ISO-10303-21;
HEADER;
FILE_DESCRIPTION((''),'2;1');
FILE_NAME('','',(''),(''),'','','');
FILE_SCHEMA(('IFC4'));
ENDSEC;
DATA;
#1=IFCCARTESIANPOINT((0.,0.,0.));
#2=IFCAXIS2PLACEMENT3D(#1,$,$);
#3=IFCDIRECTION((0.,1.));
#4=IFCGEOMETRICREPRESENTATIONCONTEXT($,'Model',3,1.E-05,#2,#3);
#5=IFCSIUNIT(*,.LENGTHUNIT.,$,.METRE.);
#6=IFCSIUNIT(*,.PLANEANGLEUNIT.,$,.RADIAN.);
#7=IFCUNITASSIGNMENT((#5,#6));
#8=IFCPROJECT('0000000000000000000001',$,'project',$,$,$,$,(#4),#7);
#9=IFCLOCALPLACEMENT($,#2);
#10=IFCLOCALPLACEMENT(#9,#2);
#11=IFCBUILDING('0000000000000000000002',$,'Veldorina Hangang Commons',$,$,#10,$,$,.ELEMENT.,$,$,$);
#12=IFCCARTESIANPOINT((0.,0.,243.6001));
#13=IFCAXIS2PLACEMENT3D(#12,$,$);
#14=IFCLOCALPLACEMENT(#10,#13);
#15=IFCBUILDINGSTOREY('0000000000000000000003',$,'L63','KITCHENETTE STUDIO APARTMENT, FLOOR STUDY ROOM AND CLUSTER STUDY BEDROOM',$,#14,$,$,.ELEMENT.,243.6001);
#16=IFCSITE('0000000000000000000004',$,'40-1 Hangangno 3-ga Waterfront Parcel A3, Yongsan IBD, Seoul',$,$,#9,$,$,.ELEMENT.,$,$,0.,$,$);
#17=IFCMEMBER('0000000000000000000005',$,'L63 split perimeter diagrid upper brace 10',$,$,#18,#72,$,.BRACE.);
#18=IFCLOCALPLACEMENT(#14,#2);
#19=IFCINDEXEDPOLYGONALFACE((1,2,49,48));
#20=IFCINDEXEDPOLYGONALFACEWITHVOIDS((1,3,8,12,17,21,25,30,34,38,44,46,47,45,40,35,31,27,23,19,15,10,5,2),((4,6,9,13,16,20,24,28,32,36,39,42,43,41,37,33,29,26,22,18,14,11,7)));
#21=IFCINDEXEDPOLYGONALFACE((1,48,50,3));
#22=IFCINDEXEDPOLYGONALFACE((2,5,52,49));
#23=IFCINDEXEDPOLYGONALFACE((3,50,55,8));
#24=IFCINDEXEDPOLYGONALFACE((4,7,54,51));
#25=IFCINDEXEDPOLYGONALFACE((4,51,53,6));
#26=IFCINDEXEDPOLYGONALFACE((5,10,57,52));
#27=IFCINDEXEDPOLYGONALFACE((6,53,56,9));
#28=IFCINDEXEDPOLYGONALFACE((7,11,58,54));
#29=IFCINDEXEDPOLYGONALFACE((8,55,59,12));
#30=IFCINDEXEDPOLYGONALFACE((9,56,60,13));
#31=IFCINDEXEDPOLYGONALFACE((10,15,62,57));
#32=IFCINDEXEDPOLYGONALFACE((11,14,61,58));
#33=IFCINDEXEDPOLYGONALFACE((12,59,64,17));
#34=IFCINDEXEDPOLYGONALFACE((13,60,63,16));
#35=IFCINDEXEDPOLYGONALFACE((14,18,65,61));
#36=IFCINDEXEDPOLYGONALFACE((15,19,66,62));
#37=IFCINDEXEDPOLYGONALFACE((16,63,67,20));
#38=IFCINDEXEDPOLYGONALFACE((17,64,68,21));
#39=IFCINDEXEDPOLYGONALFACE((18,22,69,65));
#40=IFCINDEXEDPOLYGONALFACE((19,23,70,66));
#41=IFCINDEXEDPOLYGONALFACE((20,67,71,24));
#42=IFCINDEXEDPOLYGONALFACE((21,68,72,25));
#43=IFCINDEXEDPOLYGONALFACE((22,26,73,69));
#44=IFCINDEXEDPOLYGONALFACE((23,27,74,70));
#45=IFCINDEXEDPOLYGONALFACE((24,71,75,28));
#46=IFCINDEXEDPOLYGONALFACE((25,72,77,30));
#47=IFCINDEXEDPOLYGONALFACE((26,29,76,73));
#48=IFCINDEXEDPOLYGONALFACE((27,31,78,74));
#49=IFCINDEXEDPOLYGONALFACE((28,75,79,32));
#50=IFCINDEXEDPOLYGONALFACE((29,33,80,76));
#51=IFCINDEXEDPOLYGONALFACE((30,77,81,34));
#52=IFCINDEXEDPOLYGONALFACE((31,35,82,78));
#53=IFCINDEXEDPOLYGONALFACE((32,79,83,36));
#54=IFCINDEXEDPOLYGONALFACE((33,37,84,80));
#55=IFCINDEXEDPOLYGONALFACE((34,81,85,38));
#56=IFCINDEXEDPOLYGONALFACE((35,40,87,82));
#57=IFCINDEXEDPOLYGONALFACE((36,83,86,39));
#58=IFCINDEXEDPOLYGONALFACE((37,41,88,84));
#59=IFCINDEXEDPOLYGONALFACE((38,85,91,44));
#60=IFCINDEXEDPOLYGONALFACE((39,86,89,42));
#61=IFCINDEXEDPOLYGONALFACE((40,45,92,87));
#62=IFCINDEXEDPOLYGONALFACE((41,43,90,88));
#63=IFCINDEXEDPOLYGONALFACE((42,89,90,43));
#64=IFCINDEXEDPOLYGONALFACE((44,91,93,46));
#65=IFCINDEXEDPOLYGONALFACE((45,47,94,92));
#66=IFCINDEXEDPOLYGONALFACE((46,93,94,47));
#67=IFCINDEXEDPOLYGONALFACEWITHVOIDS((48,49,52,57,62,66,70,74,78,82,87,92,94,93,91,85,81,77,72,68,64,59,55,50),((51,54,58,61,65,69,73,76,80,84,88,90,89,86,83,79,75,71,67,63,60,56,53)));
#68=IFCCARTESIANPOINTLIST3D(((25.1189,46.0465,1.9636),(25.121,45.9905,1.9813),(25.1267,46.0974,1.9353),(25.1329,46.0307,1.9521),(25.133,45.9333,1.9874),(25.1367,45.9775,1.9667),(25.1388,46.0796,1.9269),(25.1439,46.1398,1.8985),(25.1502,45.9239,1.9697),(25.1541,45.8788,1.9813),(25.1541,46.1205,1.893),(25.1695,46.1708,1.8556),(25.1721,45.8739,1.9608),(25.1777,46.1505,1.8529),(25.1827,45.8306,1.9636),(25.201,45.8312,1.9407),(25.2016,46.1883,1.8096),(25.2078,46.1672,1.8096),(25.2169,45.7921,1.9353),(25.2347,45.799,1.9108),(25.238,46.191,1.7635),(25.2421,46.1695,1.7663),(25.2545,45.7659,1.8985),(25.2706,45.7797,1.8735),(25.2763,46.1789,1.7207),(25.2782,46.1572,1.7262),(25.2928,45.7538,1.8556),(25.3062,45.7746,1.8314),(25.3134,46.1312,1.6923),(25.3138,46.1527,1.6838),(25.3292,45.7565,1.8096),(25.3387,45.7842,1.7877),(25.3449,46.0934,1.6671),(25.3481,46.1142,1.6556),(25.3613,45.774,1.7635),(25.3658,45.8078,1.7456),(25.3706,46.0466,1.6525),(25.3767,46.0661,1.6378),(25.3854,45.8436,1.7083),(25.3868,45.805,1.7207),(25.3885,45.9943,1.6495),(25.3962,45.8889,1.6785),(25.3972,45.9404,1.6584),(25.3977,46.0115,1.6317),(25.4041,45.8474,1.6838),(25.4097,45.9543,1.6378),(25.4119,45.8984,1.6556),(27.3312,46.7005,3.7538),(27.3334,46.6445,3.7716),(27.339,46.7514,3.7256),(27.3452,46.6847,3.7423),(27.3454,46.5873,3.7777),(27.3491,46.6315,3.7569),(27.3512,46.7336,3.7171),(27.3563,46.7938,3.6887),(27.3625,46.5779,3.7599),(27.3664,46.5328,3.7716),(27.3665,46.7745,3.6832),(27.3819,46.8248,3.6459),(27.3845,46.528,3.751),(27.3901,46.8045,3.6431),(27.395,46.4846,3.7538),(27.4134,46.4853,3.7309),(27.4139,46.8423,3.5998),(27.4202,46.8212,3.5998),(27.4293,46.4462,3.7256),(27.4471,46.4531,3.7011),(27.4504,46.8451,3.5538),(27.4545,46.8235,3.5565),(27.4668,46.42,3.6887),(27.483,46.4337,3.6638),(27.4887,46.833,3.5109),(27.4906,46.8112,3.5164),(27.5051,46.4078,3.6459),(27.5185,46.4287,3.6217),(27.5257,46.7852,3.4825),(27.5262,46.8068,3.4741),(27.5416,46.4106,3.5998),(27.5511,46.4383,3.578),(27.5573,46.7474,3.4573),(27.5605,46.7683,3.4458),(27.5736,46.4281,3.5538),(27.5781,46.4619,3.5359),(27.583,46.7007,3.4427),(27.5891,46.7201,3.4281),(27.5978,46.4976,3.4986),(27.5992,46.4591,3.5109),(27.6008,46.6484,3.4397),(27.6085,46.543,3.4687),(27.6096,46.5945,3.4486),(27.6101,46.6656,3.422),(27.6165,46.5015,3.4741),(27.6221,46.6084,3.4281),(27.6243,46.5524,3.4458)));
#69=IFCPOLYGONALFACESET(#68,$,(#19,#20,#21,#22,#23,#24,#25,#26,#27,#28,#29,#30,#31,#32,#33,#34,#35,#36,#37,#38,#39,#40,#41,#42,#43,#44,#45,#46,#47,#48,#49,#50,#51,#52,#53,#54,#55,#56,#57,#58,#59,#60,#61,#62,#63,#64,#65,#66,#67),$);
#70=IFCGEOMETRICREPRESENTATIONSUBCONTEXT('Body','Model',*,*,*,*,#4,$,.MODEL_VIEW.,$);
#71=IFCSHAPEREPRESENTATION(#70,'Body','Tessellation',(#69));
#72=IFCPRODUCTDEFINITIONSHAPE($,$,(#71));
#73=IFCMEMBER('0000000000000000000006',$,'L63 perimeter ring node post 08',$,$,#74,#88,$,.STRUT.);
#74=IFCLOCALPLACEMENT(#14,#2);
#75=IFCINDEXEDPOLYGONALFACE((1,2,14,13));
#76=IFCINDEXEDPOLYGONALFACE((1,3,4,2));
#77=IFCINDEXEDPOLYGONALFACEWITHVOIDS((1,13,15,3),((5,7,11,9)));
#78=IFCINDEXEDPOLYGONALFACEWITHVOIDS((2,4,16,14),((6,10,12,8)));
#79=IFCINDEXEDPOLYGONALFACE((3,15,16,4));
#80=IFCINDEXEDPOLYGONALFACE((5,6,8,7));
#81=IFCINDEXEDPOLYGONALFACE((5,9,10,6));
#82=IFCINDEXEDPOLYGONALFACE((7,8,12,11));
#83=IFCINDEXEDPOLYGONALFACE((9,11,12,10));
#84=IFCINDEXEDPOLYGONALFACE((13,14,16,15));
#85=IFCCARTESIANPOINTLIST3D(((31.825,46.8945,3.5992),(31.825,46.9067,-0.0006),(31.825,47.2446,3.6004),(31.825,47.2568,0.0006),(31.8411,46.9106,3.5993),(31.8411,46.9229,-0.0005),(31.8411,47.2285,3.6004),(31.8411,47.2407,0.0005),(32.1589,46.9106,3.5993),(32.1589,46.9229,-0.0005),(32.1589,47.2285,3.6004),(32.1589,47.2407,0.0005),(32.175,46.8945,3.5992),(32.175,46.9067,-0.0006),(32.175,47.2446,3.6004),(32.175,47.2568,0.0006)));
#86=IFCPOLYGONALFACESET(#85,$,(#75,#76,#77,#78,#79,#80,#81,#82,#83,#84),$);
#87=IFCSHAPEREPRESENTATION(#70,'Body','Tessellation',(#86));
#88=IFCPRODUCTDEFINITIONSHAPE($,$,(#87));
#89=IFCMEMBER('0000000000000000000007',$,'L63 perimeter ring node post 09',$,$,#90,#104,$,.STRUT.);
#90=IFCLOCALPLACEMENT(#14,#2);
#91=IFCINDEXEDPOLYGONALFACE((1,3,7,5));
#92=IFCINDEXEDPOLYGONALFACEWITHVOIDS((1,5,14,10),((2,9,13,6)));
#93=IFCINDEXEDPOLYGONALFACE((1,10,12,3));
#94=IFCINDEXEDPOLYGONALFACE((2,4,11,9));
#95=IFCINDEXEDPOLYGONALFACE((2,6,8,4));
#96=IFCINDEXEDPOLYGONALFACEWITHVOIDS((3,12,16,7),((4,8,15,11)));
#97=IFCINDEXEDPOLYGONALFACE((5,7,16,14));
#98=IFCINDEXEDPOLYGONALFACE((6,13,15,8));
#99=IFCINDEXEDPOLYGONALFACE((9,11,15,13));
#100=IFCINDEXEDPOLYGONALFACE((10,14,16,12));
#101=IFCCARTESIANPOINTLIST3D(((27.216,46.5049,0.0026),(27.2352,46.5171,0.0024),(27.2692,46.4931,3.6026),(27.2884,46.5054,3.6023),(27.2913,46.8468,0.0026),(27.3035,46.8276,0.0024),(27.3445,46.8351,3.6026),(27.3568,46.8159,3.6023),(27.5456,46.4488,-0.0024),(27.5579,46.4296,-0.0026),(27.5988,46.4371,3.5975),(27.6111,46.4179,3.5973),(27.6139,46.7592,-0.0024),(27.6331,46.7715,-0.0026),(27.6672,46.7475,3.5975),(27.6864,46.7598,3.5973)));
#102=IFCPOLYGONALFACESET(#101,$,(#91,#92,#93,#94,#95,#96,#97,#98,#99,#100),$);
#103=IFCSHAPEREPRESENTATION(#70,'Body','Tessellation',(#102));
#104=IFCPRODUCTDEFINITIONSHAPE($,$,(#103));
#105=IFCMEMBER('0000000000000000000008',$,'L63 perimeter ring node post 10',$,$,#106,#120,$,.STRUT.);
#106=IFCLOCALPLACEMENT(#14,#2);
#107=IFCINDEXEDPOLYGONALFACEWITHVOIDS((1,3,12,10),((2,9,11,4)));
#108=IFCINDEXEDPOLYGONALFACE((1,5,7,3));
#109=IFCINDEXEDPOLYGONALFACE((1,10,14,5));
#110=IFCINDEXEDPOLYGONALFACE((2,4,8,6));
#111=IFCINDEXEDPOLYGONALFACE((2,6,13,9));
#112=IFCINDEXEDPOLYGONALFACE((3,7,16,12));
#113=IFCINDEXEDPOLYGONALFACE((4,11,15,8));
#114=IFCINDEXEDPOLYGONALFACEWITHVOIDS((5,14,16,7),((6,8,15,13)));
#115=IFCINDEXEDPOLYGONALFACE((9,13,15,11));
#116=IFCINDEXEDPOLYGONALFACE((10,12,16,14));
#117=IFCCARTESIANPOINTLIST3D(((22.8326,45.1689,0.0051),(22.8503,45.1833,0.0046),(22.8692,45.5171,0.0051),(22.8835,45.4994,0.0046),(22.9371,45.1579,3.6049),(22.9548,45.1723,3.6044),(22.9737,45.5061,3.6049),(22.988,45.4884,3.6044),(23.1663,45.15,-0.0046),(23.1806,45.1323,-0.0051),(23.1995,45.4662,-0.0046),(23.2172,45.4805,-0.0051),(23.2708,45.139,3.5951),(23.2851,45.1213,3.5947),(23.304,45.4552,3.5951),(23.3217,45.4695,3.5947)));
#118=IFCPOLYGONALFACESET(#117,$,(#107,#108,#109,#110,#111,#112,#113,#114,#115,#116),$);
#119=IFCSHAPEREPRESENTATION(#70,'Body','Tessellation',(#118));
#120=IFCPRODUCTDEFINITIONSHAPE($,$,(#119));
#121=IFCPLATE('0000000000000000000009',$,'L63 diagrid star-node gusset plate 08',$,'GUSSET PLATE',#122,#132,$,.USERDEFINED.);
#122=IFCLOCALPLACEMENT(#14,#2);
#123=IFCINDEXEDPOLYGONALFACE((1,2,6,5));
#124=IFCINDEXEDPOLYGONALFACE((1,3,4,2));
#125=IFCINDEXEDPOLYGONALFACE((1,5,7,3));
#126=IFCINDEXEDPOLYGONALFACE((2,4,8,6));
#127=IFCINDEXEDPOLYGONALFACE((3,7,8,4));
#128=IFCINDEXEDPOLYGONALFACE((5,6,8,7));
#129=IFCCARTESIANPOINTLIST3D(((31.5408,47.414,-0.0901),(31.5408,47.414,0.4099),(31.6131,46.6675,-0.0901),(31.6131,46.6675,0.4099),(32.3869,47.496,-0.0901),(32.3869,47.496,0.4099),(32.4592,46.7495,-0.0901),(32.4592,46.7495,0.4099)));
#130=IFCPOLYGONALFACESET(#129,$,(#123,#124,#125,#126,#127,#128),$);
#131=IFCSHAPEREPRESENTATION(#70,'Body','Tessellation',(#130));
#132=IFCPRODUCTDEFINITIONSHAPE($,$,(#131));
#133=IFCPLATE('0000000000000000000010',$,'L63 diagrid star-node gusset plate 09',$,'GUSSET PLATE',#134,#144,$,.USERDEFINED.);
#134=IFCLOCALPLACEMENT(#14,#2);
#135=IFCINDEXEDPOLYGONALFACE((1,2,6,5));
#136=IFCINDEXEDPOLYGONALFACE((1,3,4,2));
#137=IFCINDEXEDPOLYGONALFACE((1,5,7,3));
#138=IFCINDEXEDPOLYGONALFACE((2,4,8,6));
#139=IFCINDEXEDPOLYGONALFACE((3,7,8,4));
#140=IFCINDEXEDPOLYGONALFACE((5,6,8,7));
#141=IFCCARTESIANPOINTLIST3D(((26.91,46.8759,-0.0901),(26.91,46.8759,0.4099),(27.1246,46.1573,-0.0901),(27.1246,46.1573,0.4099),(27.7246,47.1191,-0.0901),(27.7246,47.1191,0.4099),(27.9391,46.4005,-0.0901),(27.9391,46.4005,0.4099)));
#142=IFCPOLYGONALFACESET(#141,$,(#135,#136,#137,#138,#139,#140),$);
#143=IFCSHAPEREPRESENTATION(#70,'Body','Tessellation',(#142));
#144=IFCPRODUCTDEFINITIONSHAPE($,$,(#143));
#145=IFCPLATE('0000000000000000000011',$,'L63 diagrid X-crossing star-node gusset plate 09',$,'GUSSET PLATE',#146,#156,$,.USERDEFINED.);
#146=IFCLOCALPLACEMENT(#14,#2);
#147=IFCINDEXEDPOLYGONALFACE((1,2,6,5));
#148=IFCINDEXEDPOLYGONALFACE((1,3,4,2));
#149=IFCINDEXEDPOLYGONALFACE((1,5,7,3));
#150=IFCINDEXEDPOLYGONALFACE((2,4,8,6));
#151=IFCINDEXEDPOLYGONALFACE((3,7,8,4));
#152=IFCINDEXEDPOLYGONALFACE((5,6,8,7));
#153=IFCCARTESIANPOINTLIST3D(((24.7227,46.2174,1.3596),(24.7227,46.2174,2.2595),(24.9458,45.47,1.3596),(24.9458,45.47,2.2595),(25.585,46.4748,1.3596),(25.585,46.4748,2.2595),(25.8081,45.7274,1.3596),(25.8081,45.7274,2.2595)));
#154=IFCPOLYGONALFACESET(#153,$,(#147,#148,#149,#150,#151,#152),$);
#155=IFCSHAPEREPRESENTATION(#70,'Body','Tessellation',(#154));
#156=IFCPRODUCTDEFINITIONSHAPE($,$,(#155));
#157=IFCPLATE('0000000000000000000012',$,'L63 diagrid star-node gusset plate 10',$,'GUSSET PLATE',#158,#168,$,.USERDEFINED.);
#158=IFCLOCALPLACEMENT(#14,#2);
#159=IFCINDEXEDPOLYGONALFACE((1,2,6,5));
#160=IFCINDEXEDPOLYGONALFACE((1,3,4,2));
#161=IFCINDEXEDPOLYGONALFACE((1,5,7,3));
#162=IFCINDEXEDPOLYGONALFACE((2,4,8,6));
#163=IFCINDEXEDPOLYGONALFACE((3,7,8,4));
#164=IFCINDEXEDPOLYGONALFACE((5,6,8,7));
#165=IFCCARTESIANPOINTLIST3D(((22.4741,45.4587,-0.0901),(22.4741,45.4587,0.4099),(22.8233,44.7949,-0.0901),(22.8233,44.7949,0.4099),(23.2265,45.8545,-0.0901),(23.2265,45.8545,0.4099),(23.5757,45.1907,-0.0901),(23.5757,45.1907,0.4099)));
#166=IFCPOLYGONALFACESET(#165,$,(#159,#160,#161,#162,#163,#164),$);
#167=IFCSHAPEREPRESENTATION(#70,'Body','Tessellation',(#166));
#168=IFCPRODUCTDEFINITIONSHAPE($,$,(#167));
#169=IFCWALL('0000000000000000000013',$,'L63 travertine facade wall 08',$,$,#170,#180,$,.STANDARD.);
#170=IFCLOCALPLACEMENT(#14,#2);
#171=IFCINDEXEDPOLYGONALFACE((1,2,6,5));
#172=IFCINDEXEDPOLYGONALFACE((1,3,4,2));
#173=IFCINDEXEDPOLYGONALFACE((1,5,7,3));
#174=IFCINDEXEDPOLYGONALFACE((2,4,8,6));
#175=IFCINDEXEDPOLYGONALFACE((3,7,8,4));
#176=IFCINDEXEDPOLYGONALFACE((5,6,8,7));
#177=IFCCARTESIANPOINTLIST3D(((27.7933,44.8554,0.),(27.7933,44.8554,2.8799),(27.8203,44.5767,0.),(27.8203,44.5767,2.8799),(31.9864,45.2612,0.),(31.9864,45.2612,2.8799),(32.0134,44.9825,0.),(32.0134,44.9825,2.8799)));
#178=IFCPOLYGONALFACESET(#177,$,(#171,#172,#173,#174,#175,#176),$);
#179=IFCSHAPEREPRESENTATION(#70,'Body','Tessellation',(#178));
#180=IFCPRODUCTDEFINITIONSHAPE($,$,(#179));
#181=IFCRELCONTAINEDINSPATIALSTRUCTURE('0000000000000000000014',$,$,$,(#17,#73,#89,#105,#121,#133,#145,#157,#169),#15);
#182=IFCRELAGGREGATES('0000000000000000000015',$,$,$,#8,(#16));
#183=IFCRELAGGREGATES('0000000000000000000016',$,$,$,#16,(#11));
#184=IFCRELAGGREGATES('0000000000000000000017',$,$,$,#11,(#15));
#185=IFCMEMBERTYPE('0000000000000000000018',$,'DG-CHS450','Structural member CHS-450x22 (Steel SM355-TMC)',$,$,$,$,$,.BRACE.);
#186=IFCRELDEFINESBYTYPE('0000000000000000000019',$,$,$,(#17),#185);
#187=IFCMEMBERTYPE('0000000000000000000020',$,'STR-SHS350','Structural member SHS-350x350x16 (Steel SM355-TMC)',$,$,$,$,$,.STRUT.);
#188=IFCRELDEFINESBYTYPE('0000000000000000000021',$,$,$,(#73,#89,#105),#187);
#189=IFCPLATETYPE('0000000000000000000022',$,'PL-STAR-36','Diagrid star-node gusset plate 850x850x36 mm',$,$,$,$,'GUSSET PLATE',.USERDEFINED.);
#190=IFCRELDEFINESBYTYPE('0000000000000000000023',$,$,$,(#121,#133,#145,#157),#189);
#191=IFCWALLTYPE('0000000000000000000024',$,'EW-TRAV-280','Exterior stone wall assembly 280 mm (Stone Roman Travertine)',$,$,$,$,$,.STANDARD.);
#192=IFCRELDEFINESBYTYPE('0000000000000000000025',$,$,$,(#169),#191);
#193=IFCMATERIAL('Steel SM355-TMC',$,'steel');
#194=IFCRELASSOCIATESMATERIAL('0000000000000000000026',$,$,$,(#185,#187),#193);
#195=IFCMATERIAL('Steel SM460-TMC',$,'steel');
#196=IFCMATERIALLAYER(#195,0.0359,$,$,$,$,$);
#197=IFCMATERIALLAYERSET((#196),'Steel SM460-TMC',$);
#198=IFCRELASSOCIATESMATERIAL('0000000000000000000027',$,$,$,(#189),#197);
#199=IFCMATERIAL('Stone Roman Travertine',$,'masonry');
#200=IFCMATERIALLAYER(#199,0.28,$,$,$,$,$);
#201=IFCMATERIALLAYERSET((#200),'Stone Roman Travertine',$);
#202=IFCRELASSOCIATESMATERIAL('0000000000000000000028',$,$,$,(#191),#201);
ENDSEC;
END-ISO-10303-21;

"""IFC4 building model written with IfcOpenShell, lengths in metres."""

from ifc_helpers import new_model, si_unit, direction, frame, frame_2d, origin, origin_2d, place, context, subcontext, project, spatial, rectangle, hollow_rectangle, hollow_circle, extrude, material, layer, layer_set, material_profile, profile_set, type_object, element, save


model = new_model("IFC4")

# Units and contexts
model_context = context("Model", 3, precision=1e-05, world=origin(), true_north=direction((0.0, 1.0)))
body_context = subcontext(model_context, "Body", "Model", "MODEL_VIEW")
ifc_project = project(units=[si_unit("LENGTHUNIT", "METRE"), si_unit("PLANEANGLEUNIT", "RADIAN")], contexts=[model_context])

# Site, building, storey
site_placement = place(None, origin())
site = spatial("IfcSite", under=ifc_project, at=site_placement, Name="40-1 Hangangno 3-ga Waterfront Parcel A3, Yongsan IBD, Seoul", CompositionType="ELEMENT", RefElevation=0.0)
building_placement = place(site_placement, origin())
building = spatial("IfcBuilding", under=site, at=building_placement, Name="Veldorina Hangang Commons", CompositionType="ELEMENT")
storey_placement = place(building_placement, frame((0.0, 0.0, 243.6001)))
storey = spatial("IfcBuildingStorey", under=building, at=storey_placement, Name="L63", Description="KITCHENETTE STUDIO APARTMENT, FLOOR STUDY ROOM AND CLUSTER STUDY BEDROOM", CompositionType="ELEMENT", Elevation=243.6001)

# Shared definitions
ifc_material_1 = material(Name="Steel SM355-TMC", Category="steel")

# Members
ifc_material_profile_1 = material_profile(ifc_material_1, hollow_circle(Radius=0.2251, WallThickness=0.022, at=origin_2d()), Name="CHS-450x22")
ifc_profile_set_1 = profile_set([ifc_material_profile_1], Name="Steel SM355-TMC")
member_type_1 = type_object("IfcMemberType", Name="DG-CHS450", Description="Structural member CHS-450x22 (Steel SM355-TMC)", PredefinedType="BRACE", material=ifc_profile_set_1)
member_1_placement = place(storey_placement, frame((25.2654, 45.9724, 1.8096), z_axis=(0.757618, 0.223975, 0.613067), x_axis=(-0.283501, 0.958972, 0.0)))
element("IfcMember", 1, at=member_1_placement, inside=storey, type_object=member_type_1, Name="L63 split perimeter diagrid upper brace 10", PredefinedType="BRACE", context=body_context, shape_type="SweptSolid", body=[
    extrude(hollow_circle(Radius=0.2251, WallThickness=0.022, at=origin_2d()), origin(), (0.0, 0.0, 1.0), 2.9202),
])
ifc_material_profile_2 = material_profile(ifc_material_1, hollow_rectangle(XDim=0.3501, YDim=0.3501, WallThickness=0.0161, at=origin_2d()), Name="SHS-350x350x16")
ifc_profile_set_2 = profile_set([ifc_material_profile_2], Name="Steel SM355-TMC")
member_type_2 = type_object("IfcMemberType", Name="STR-SHS350", Description="Structural member SHS-350x350x16 (Steel SM355-TMC)", PredefinedType="STRUT", material=ifc_profile_set_2)
member_2_placement = place(storey_placement, frame((32.0, 47.0818, 0.0), z_axis=(0.0, -0.003391, 0.999994), x_axis=(1.0, 0.0, 0.0)))
element("IfcMember", 2, at=member_2_placement, inside=storey, type_object=member_type_2, Name="L63 perimeter ring node post 08", PredefinedType="STRUT", context=body_context, shape_type="SweptSolid", body=[
    extrude(hollow_rectangle(XDim=0.3501, YDim=0.3501, WallThickness=0.0161, at=origin_2d()), origin(), (0.0, 0.0, 1.0), 3.5999),
])
member_3_placement = place(storey_placement, frame((27.4246, 46.6382, 0.0), z_axis=(0.014783, -0.003255, 0.999885), x_axis=(0.215033, 0.976607, 0.0)))
element("IfcMember", 3, at=member_3_placement, inside=storey, type_object=member_type_2, Name="L63 perimeter ring node post 09", PredefinedType="STRUT", context=body_context, shape_type="SweptSolid", body=[
    extrude(hollow_rectangle(XDim=0.3501, YDim=0.3501, WallThickness=0.0161, at=origin_2d()), origin(), (0.0, 0.0, 1.0), 3.6003),
])
member_4_placement = place(storey_placement, frame((23.0249, 45.3247, 0.0), z_axis=(0.029014, -0.003051, 0.999574), x_axis=(0.104564, 0.994518, 0.0)))
element("IfcMember", 4, at=member_4_placement, inside=storey, type_object=member_type_2, Name="L63 perimeter ring node post 10", PredefinedType="STRUT", context=body_context, shape_type="SweptSolid", body=[
    extrude(hollow_rectangle(XDim=0.3501, YDim=0.3501, WallThickness=0.0161, at=origin_2d()), origin(), (0.0, 0.0, 1.0), 3.6013),
])

# Plates
ifc_material_2 = material(Name="Steel SM460-TMC", Category="steel")
ifc_layer_1 = layer(ifc_material_2, 0.0359)
ifc_layer_set_1 = layer_set([ifc_layer_1], Name="Steel SM460-TMC")
plate_type = type_object("IfcPlateType", Name="PL-STAR-36", Description="Diagrid star-node gusset plate 850x850x36 mm", ElementType="GUSSET PLATE", PredefinedType="USERDEFINED", material=ifc_layer_set_1)
for number, where, z_axis, x_axis, name in (
    (5, (32.0, 47.0818, -0.0901), (0.0, 0.0, 1.0), (-0.995336, -0.096471, 0.0), "L63 diagrid star-node gusset plate 08"),
    (6, (27.4246, 46.6382, -0.0901), (0.0, 0.0, 1.0), (-0.958208, -0.286073, 0.0), "L63 diagrid star-node gusset plate 09"),
):
    element("IfcPlate", number, at=place(storey_placement, frame(where, z_axis=z_axis, x_axis=x_axis)), inside=storey, type_object=plate_type, Name=name, ObjectType="GUSSET PLATE", PredefinedType="USERDEFINED", context=body_context, shape_type="SweptSolid", body=[
        extrude(rectangle(XDim=0.8501, YDim=0.75, at=origin_2d()), origin(), (0.0, 0.0, 1.0), 0.5),
    ])
plate_1_placement = place(storey_placement, frame((25.2654, 45.9724, 1.3596), z_axis=(0.0, 0.0, 1.0), x_axis=(-0.958208, -0.286073, 0.0)))
element("IfcPlate", 7, at=plate_1_placement, inside=storey, type_object=plate_type, Name="L63 diagrid X-crossing star-node gusset plate 09", ObjectType="GUSSET PLATE", PredefinedType="USERDEFINED", context=body_context, shape_type="SweptSolid", body=[
    extrude(rectangle(XDim=0.8999, YDim=0.78, at=origin_2d()), origin(), (0.0, 0.0, 1.0), 0.8999),
])
plate_2_placement = place(storey_placement, frame((23.0249, 45.3247, -0.0901), z_axis=(0.0, 0.0, 1.0), x_axis=(-0.885012, -0.465568, 0.0)))
element("IfcPlate", 8, at=plate_2_placement, inside=storey, type_object=plate_type, Name="L63 diagrid star-node gusset plate 10", ObjectType="GUSSET PLATE", PredefinedType="USERDEFINED", context=body_context, shape_type="SweptSolid", body=[
    extrude(rectangle(XDim=0.8501, YDim=0.75, at=origin_2d()), origin(), (0.0, 0.0, 1.0), 0.5),
])

# Wall
ifc_material_3 = material(Name="Stone Roman Travertine", Category="masonry")
ifc_layer_2 = layer(ifc_material_3, 0.28)
ifc_layer_set_2 = layer_set([ifc_layer_2], Name="Stone Roman Travertine")
wall_type_1 = type_object("IfcWallType", Name="EW-TRAV-280", Description="Exterior stone wall assembly 280 mm (Stone Roman Travertine)", PredefinedType="STANDARD", material=ifc_layer_set_2)
wall_1_placement = place(storey_placement, frame((32.0, 45.1218, 0.0), z_axis=(0.0, 0.0, 1.0), x_axis=(-0.995351, -0.096319, 0.0)))
element("IfcWall", 9, at=wall_1_placement, inside=storey, type_object=wall_type_1, Name="L63 travertine facade wall 08", PredefinedType="STANDARD", context=body_context, shape_type="SweptSolid", body=[
    extrude(rectangle(XDim=4.2126, YDim=0.28, at=frame_2d((2.1064, 0.0))), origin(), (0.0, 0.0, 1.0), 2.8799),
])

save(model, "model.ifc")
